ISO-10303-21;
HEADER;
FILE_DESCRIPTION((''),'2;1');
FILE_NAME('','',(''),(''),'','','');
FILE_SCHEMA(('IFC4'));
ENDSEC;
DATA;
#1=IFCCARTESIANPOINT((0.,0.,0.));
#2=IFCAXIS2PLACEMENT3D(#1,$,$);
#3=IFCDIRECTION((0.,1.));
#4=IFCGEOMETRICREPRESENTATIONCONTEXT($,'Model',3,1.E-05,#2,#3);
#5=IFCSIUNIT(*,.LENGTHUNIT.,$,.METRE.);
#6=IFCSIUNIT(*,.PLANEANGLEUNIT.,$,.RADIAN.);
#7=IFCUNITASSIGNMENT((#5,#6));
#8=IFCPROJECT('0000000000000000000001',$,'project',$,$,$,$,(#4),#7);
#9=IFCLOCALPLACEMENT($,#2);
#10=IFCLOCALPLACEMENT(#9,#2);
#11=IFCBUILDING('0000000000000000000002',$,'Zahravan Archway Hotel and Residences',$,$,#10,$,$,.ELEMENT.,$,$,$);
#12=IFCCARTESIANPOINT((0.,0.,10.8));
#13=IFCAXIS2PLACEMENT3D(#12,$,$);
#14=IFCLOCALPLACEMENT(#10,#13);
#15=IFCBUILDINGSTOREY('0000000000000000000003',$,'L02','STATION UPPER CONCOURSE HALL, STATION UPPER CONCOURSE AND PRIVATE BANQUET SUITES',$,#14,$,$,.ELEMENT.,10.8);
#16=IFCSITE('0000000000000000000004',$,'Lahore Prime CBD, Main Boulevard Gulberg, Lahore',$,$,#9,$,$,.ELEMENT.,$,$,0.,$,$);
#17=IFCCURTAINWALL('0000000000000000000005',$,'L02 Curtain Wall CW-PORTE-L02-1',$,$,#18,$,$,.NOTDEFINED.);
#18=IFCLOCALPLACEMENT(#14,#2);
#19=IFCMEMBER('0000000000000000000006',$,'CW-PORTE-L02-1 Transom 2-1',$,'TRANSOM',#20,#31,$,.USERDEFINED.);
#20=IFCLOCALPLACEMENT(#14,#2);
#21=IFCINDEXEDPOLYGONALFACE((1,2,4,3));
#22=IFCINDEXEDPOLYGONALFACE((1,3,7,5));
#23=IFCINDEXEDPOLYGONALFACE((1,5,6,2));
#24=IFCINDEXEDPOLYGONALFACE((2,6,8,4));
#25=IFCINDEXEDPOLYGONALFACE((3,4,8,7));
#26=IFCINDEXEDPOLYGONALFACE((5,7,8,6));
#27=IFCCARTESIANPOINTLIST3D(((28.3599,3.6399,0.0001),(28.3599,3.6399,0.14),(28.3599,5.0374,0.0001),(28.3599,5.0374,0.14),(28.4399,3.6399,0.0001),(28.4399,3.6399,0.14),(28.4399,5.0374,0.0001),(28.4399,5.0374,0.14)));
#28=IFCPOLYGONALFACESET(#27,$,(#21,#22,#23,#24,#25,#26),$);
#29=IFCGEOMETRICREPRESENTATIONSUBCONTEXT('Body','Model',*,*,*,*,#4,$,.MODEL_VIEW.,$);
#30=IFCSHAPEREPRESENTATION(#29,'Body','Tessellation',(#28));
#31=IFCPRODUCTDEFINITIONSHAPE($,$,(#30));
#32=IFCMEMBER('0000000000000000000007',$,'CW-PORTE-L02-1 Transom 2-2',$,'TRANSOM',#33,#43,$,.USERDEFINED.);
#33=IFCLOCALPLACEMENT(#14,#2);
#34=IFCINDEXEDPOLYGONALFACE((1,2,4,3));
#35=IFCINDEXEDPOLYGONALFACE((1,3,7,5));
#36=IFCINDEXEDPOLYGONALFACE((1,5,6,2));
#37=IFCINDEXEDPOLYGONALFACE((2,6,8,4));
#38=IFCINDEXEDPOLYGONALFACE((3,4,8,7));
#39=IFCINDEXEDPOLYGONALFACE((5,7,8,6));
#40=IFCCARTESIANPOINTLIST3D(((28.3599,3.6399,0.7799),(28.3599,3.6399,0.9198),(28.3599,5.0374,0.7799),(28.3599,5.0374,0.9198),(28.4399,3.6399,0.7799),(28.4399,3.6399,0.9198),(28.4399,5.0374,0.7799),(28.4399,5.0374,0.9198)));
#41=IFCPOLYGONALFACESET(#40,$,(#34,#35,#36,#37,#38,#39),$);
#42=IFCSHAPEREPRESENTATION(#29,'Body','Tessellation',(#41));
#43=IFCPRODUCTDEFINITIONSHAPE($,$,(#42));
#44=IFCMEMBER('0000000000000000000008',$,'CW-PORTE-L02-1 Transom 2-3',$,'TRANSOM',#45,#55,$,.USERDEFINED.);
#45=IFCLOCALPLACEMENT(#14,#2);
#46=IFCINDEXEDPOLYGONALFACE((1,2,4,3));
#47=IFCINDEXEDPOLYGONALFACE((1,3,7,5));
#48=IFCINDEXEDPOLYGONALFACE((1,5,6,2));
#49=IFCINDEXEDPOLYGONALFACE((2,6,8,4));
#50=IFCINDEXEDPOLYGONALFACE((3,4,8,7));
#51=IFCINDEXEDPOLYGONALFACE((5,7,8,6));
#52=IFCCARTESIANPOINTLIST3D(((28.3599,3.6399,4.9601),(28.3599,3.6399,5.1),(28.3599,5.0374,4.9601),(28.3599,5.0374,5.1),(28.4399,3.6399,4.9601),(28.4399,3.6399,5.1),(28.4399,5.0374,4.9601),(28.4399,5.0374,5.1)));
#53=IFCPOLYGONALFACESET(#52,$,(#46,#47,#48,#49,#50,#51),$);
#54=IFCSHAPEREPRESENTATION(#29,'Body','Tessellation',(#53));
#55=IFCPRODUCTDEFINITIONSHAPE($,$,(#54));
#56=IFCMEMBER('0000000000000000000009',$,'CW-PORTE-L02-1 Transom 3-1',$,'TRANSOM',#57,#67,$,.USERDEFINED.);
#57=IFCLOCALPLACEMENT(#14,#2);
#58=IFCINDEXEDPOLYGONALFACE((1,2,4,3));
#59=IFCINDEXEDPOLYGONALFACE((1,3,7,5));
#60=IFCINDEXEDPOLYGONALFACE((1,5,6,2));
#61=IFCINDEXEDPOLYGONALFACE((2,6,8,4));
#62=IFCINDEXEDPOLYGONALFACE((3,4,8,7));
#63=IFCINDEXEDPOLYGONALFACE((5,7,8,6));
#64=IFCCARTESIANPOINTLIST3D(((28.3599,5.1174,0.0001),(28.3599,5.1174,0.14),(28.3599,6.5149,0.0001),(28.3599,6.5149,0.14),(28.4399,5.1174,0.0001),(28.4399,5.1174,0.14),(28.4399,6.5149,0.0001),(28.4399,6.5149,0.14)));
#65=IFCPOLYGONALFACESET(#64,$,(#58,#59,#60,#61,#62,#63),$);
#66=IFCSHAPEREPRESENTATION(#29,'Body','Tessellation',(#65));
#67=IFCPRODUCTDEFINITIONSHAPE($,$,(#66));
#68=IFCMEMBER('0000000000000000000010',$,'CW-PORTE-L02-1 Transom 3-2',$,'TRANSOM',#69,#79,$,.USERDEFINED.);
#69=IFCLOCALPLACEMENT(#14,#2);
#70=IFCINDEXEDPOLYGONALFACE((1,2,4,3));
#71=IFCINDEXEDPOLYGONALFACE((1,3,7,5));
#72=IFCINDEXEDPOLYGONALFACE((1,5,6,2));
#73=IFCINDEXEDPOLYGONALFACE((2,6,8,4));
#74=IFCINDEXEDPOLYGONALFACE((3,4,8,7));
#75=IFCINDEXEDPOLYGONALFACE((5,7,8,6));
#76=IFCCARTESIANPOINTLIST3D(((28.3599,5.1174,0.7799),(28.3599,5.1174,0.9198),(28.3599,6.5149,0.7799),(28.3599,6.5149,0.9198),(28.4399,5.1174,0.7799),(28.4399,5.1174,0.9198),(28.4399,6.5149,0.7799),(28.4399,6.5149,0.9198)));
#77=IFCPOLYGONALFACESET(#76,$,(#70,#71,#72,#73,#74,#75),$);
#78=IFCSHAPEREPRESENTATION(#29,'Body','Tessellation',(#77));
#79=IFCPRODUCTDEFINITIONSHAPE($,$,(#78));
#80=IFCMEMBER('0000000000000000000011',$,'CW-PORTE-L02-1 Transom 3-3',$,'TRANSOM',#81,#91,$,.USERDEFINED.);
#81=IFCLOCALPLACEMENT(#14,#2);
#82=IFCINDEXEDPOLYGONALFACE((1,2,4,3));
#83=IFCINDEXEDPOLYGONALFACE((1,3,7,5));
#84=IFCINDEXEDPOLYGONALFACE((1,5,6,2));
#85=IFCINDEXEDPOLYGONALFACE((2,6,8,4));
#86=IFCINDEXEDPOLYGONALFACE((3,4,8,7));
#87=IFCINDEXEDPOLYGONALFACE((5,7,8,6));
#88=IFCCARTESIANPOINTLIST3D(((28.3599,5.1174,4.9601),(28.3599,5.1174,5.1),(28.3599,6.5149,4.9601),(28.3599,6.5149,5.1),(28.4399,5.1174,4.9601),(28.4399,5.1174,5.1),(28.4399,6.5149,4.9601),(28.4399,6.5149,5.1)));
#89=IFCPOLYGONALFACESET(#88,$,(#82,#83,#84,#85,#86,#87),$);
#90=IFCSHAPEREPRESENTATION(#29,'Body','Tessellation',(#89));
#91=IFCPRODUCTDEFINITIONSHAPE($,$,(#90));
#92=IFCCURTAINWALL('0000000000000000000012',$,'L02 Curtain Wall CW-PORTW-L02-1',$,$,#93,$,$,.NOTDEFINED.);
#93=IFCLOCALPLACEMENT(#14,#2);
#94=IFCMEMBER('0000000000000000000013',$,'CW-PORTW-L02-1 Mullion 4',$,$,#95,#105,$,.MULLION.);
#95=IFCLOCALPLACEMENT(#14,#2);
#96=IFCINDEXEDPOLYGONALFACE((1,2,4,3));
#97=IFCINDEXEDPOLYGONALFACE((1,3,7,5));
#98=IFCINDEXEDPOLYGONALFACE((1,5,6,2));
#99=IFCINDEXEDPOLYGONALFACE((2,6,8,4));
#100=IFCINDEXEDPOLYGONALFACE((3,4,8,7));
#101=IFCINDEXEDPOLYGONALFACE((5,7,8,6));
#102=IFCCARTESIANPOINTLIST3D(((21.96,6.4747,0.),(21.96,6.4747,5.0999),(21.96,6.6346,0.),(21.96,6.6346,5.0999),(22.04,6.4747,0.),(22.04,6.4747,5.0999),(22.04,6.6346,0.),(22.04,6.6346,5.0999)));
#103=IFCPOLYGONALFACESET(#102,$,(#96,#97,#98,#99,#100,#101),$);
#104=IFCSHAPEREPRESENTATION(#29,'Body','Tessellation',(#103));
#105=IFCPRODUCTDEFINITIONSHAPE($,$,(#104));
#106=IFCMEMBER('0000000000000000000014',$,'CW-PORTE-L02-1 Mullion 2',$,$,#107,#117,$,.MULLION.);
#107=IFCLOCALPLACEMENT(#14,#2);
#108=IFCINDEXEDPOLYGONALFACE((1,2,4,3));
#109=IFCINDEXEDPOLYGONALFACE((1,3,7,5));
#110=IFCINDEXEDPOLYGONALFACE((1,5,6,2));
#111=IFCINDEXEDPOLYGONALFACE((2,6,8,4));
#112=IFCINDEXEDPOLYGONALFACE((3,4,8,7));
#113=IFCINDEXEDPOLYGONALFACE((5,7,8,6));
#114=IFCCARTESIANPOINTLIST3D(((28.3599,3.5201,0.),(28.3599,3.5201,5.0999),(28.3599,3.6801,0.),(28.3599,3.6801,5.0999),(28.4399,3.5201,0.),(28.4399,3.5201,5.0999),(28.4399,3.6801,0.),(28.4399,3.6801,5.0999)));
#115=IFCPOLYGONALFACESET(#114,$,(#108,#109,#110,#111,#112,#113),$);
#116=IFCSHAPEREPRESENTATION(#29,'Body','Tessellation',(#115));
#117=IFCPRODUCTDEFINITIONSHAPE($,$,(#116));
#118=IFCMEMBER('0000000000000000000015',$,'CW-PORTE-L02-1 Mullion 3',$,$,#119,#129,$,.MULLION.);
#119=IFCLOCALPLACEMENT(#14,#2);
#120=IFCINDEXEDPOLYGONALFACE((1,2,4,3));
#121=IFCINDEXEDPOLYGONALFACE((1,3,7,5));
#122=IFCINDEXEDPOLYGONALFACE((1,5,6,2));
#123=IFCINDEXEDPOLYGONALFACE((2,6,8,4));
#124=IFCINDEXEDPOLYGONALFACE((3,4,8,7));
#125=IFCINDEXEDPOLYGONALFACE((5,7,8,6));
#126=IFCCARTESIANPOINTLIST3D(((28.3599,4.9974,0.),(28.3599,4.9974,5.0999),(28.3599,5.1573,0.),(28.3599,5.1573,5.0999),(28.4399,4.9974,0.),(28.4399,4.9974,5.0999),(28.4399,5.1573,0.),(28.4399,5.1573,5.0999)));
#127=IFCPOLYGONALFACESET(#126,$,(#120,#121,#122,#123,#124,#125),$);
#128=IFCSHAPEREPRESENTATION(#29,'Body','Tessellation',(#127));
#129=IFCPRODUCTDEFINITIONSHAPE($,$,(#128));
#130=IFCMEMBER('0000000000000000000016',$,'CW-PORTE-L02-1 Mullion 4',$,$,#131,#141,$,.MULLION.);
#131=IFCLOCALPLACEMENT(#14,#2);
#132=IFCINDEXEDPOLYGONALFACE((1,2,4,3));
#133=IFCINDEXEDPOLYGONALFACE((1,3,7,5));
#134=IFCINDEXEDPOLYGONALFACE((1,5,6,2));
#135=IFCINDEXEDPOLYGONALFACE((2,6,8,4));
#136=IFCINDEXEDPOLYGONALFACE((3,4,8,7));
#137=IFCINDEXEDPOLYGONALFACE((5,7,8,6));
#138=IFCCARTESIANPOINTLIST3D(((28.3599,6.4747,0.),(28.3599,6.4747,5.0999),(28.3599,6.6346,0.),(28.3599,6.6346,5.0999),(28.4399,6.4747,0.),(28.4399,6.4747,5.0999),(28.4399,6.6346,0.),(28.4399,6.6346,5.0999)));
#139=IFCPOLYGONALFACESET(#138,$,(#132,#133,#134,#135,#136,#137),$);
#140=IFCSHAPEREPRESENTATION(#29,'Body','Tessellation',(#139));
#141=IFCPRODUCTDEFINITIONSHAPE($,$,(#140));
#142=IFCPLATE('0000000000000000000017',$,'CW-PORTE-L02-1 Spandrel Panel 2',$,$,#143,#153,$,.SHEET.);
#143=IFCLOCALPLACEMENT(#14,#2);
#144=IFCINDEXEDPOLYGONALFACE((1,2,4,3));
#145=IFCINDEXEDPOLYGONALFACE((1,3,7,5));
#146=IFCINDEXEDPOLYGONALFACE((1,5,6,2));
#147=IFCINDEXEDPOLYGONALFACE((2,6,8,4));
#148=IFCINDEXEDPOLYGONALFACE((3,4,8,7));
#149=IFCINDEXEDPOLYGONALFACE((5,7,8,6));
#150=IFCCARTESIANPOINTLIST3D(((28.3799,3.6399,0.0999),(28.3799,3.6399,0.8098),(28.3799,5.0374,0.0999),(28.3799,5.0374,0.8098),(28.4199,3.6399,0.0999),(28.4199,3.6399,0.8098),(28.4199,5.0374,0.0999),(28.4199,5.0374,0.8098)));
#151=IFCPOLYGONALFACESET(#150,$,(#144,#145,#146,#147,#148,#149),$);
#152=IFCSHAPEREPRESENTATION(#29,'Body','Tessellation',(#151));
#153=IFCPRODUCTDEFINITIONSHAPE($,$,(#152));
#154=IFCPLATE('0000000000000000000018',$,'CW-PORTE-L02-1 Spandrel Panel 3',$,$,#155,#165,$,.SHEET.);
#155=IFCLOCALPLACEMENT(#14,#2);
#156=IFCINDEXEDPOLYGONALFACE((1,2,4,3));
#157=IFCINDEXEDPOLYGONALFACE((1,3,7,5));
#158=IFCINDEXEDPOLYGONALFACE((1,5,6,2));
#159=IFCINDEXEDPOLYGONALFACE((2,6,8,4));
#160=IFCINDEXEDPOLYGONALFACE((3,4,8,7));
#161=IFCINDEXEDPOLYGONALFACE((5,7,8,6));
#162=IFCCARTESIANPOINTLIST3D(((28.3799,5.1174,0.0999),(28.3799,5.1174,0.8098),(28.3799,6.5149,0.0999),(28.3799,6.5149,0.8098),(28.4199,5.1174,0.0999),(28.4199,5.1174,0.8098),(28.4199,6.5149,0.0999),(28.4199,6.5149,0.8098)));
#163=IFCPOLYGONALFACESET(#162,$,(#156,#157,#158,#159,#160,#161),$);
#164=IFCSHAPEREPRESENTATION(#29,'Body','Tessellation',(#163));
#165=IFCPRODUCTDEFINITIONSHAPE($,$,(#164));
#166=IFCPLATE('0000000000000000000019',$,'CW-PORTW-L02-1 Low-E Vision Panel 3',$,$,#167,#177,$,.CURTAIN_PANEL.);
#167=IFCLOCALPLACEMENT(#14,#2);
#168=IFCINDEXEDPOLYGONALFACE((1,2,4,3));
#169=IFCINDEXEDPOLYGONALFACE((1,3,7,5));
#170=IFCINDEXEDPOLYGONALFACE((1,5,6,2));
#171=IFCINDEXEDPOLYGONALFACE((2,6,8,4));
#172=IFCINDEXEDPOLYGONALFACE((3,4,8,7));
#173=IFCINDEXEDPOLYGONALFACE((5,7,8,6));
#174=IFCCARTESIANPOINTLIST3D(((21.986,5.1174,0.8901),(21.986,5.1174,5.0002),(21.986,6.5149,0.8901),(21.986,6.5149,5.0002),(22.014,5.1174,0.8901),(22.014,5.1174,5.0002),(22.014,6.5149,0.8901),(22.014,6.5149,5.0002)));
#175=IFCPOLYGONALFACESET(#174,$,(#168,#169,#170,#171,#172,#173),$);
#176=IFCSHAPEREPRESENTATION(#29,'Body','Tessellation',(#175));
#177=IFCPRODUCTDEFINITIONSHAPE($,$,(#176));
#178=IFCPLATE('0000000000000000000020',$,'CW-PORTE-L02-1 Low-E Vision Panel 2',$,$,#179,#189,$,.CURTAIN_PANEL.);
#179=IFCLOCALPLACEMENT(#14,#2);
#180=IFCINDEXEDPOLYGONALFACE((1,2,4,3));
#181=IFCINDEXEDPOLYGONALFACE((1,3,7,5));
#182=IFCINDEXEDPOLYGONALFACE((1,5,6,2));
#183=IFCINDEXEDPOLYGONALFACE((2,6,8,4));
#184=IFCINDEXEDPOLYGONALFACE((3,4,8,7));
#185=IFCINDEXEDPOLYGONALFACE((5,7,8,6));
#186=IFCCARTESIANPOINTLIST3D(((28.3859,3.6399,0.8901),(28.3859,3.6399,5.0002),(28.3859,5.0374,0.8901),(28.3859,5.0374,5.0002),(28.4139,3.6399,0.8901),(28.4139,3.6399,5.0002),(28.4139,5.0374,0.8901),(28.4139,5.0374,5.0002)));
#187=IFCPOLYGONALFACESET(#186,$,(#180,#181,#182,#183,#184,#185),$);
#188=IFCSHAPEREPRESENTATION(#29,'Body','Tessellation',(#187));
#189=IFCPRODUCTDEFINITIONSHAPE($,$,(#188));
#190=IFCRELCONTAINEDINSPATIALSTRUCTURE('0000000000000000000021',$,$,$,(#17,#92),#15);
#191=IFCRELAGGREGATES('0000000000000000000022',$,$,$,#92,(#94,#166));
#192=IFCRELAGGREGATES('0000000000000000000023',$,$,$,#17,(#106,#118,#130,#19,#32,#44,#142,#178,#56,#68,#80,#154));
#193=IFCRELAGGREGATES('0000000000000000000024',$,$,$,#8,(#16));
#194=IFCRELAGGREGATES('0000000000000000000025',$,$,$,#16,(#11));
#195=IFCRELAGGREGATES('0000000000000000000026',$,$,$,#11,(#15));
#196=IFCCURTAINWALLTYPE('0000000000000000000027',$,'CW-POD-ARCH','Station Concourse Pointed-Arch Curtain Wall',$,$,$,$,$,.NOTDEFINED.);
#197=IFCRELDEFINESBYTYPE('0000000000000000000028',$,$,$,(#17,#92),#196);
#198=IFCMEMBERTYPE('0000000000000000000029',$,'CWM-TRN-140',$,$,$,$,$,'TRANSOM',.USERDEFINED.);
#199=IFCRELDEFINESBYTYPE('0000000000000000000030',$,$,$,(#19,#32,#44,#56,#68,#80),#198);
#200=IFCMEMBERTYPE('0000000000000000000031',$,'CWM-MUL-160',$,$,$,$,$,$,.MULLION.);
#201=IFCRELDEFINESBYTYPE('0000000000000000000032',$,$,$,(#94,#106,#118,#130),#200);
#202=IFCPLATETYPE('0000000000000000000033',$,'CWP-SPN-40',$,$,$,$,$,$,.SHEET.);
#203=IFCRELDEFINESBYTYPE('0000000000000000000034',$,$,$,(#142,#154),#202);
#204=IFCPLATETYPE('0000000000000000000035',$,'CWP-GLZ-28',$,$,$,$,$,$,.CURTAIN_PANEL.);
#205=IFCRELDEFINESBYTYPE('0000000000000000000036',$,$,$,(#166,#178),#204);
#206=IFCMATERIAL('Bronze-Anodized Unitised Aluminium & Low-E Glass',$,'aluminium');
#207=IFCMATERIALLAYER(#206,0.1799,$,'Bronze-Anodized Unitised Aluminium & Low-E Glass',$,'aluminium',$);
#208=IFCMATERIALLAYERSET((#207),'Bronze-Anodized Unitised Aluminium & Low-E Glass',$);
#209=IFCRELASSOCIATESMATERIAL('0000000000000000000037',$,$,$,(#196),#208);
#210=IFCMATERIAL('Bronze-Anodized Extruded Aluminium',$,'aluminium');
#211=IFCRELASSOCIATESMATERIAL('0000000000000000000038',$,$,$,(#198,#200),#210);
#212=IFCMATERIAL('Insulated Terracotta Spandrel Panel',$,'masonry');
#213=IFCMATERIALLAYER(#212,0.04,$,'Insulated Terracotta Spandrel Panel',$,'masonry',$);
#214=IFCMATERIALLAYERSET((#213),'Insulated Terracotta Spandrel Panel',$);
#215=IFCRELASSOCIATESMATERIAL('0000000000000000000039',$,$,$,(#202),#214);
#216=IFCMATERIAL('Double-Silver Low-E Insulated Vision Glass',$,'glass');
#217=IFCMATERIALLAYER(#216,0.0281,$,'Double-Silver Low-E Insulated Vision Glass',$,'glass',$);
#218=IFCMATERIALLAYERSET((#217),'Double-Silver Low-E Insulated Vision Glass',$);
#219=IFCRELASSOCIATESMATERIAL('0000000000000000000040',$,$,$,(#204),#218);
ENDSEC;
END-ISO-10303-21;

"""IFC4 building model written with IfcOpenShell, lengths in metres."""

from ifc_helpers import new_model, si_unit, direction, frame, origin, origin_2d, place, context, subcontext, project, spatial, rectangle, extrude, source, transform, mapped, material, layer, layer_set, material_profile, profile_set, type_object, element, aggregate, save


model = new_model("IFC4")

# Units and contexts
model_context = context("Model", 3, precision=1e-05, world=origin(), true_north=direction((0.0, 1.0)))
body_context = subcontext(model_context, "Body", "Model", "MODEL_VIEW")
ifc_project = project(units=[si_unit("LENGTHUNIT", "METRE"), si_unit("PLANEANGLEUNIT", "RADIAN")], contexts=[model_context])

# Site, building, storey
site_placement = place(None, origin())
site = spatial("IfcSite", under=ifc_project, at=site_placement, Name="Lahore Prime CBD, Main Boulevard Gulberg, Lahore", CompositionType="ELEMENT", RefElevation=0.0)
building_placement = place(site_placement, origin())
building = spatial("IfcBuilding", under=site, at=building_placement, Name="Zahravan Archway Hotel and Residences", CompositionType="ELEMENT")
storey_placement = place(building_placement, frame((0.0, 0.0, 10.8)))
storey = spatial("IfcBuildingStorey", under=building, at=storey_placement, Name="L02", Description="STATION UPPER CONCOURSE HALL, STATION UPPER CONCOURSE AND PRIVATE BANQUET SUITES", CompositionType="ELEMENT", Elevation=10.8)

# Curtain wall, members
ifc_material_1 = material(Name="Bronze-Anodized Unitised Aluminium & Low-E Glass", Category="aluminium")
ifc_layer_1 = layer(ifc_material_1, 0.1799, Name="Bronze-Anodized Unitised Aluminium & Low-E Glass", Category="aluminium")
ifc_layer_set_1 = layer_set([ifc_layer_1], Name="Bronze-Anodized Unitised Aluminium & Low-E Glass")
curtain_wall_type = type_object("IfcCurtainWallType", Name="CW-POD-ARCH", Description="Station Concourse Pointed-Arch Curtain Wall", PredefinedType="NOTDEFINED", material=ifc_layer_set_1)
curtain_wall_1_placement = place(storey_placement, origin())
curtain_wall_1 = element("IfcCurtainWall", 1, at=curtain_wall_1_placement, inside=storey, type_object=curtain_wall_type, Name="L02 Curtain Wall CW-PORTE-L02-1", PredefinedType="NOTDEFINED")
ifc_material_2 = material(Name="Bronze-Anodized Extruded Aluminium", Category="aluminium")
ifc_material_profile_1 = material_profile(ifc_material_2, rectangle(XDim=0.0801, YDim=0.1399, at=origin_2d()), Name="TRN 80x140", Category="aluminium")
ifc_profile_set_1 = profile_set([ifc_material_profile_1], Name="Bronze-Anodized Extruded Aluminium")
member_type_1 = type_object("IfcMemberType", Name="CWM-TRN-140", ElementType="TRANSOM", PredefinedType="USERDEFINED", material=ifc_profile_set_1)
shared_shape_1 = source(origin(), body_context, "Body", "SweptSolid", [
    extrude(rectangle(XDim=0.0801, YDim=0.1399, at=origin_2d()), origin(), (0.0, 0.0, 1.0), 1.3975),
])
member_1_placement = place(storey_placement, frame((28.3999, 3.6399, 0.0701), z_axis=(0.0, 1.0, 0.0), x_axis=(-1.0, 0.0, 0.0)))
member_1 = element("IfcMember", 2, at=member_1_placement, type_object=member_type_1, Name="CW-PORTE-L02-1 Transom 2-1", ObjectType="TRANSOM", PredefinedType="USERDEFINED", context=body_context, shape_type="MappedRepresentation", body=[
    mapped(shared_shape_1, transform((0.0, 0.0, 0.0), scale=1.0)),
])
member_2_placement = place(storey_placement, frame((28.3999, 3.6399, 0.8499), z_axis=(0.0, 1.0, 0.0), x_axis=(-1.0, 0.0, 0.0)))
member_2 = element("IfcMember", 3, at=member_2_placement, type_object=member_type_1, Name="CW-PORTE-L02-1 Transom 2-2", ObjectType="TRANSOM", PredefinedType="USERDEFINED", context=body_context, shape_type="MappedRepresentation", body=[
    mapped(shared_shape_1, transform((0.0, 0.0, 0.0), scale=1.0)),
])
member_3_placement = place(storey_placement, frame((28.3999, 3.6399, 5.03), z_axis=(0.0, 1.0, 0.0), x_axis=(-1.0, 0.0, 0.0)))
member_3 = element("IfcMember", 4, at=member_3_placement, type_object=member_type_1, Name="CW-PORTE-L02-1 Transom 2-3", ObjectType="TRANSOM", PredefinedType="USERDEFINED", context=body_context, shape_type="MappedRepresentation", body=[
    mapped(shared_shape_1, transform((0.0, 0.0, 0.0), scale=1.0)),
])
member_4_placement = place(storey_placement, frame((28.3999, 5.1174, 0.0701), z_axis=(0.0, 1.0, 0.0), x_axis=(-1.0, 0.0, 0.0)))
member_4 = element("IfcMember", 5, at=member_4_placement, type_object=member_type_1, Name="CW-PORTE-L02-1 Transom 3-1", ObjectType="TRANSOM", PredefinedType="USERDEFINED", context=body_context, shape_type="MappedRepresentation", body=[
    mapped(shared_shape_1, transform((0.0, 0.0, 0.0), scale=1.0)),
])
member_5_placement = place(storey_placement, frame((28.3999, 5.1174, 0.8499), z_axis=(0.0, 1.0, 0.0), x_axis=(-1.0, 0.0, 0.0)))
member_5 = element("IfcMember", 6, at=member_5_placement, type_object=member_type_1, Name="CW-PORTE-L02-1 Transom 3-2", ObjectType="TRANSOM", PredefinedType="USERDEFINED", context=body_context, shape_type="MappedRepresentation", body=[
    mapped(shared_shape_1, transform((0.0, 0.0, 0.0), scale=1.0)),
])
member_6_placement = place(storey_placement, frame((28.3999, 5.1174, 5.03), z_axis=(0.0, 1.0, 0.0), x_axis=(-1.0, 0.0, 0.0)))
member_6 = element("IfcMember", 7, at=member_6_placement, type_object=member_type_1, Name="CW-PORTE-L02-1 Transom 3-3", ObjectType="TRANSOM", PredefinedType="USERDEFINED", context=body_context, shape_type="MappedRepresentation", body=[
    mapped(shared_shape_1, transform((0.0, 0.0, 0.0), scale=1.0)),
])

# Curtain wall, member
curtain_wall_2_placement = place(storey_placement, origin())
curtain_wall_2 = element("IfcCurtainWall", 8, at=curtain_wall_2_placement, inside=storey, type_object=curtain_wall_type, Name="L02 Curtain Wall CW-PORTW-L02-1", PredefinedType="NOTDEFINED")
ifc_material_profile_2 = material_profile(ifc_material_2, rectangle(XDim=0.0801, YDim=0.1599, at=origin_2d()), Name="MUL 80x160", Category="aluminium")
ifc_profile_set_2 = profile_set([ifc_material_profile_2], Name="Bronze-Anodized Extruded Aluminium")
member_type_2 = type_object("IfcMemberType", Name="CWM-MUL-160", PredefinedType="MULLION", material=ifc_profile_set_2)
shared_shape_2 = source(origin(), body_context, "Body", "SweptSolid", [
    extrude(rectangle(XDim=0.0801, YDim=0.1599, at=origin_2d()), origin(), (0.0, 0.0, 1.0), 5.0999),
])
member_7_placement = place(storey_placement, frame((22.0, 6.5547, 0.0), z_axis=(0.0, 0.0, 1.0), x_axis=(1.0, 0.0, 0.0)))
member_7 = element("IfcMember", 9, at=member_7_placement, type_object=member_type_2, Name="CW-PORTW-L02-1 Mullion 4", PredefinedType="MULLION", context=body_context, shape_type="MappedRepresentation", body=[
    mapped(shared_shape_2, transform((0.0, 0.0, 0.0), scale=1.0)),
])

# Members
member_8_placement = place(storey_placement, frame((28.3999, 3.6001, 0.0), z_axis=(0.0, 0.0, 1.0), x_axis=(1.0, 0.0, 0.0)))
member_8 = element("IfcMember", 10, at=member_8_placement, type_object=member_type_2, Name="CW-PORTE-L02-1 Mullion 2", PredefinedType="MULLION", context=body_context, shape_type="MappedRepresentation", body=[
    mapped(shared_shape_2, transform((0.0, 0.0, 0.0), scale=1.0)),
])
member_9_placement = place(storey_placement, frame((28.3999, 5.0774, 0.0), z_axis=(0.0, 0.0, 1.0), x_axis=(1.0, 0.0, 0.0)))
member_9 = element("IfcMember", 11, at=member_9_placement, type_object=member_type_2, Name="CW-PORTE-L02-1 Mullion 3", PredefinedType="MULLION", context=body_context, shape_type="MappedRepresentation", body=[
    mapped(shared_shape_2, transform((0.0, 0.0, 0.0), scale=1.0)),
])
member_10_placement = place(storey_placement, frame((28.3999, 6.5547, 0.0), z_axis=(0.0, 0.0, 1.0), x_axis=(1.0, 0.0, 0.0)))
member_10 = element("IfcMember", 12, at=member_10_placement, type_object=member_type_2, Name="CW-PORTE-L02-1 Mullion 4", PredefinedType="MULLION", context=body_context, shape_type="MappedRepresentation", body=[
    mapped(shared_shape_2, transform((0.0, 0.0, 0.0), scale=1.0)),
])

# Plates
ifc_material_3 = material(Name="Insulated Terracotta Spandrel Panel", Category="masonry")
ifc_layer_2 = layer(ifc_material_3, 0.04, Name="Insulated Terracotta Spandrel Panel", Category="masonry")
ifc_layer_set_2 = layer_set([ifc_layer_2], Name="Insulated Terracotta Spandrel Panel")
plate_type_1 = type_object("IfcPlateType", Name="CWP-SPN-40", PredefinedType="SHEET", material=ifc_layer_set_2)
shared_shape_3 = source(origin(), body_context, "Body", "SweptSolid", [
    extrude(rectangle(XDim=1.3975, YDim=0.04, at=origin_2d()), origin(), (0.0, 0.0, 1.0), 0.71),
])
plate_1_placement = place(storey_placement, frame((28.3999, 4.3386, 0.0999), z_axis=(0.0, 0.0, 1.0), x_axis=(0.0, 1.0, 0.0)))
plate_1 = element("IfcPlate", 13, at=plate_1_placement, type_object=plate_type_1, Name="CW-PORTE-L02-1 Spandrel Panel 2", PredefinedType="SHEET", context=body_context, shape_type="MappedRepresentation", body=[
    mapped(shared_shape_3, transform((0.0, 0.0, 0.0), scale=1.0)),
])
plate_2_placement = place(storey_placement, frame((28.3999, 5.8162, 0.0999), z_axis=(0.0, 0.0, 1.0), x_axis=(0.0, 1.0, 0.0)))
plate_2 = element("IfcPlate", 14, at=plate_2_placement, type_object=plate_type_1, Name="CW-PORTE-L02-1 Spandrel Panel 3", PredefinedType="SHEET", context=body_context, shape_type="MappedRepresentation", body=[
    mapped(shared_shape_3, transform((0.0, 0.0, 0.0), scale=1.0)),
])
ifc_material_4 = material(Name="Double-Silver Low-E Insulated Vision Glass", Category="glass")
ifc_layer_3 = layer(ifc_material_4, 0.0281, Name="Double-Silver Low-E Insulated Vision Glass", Category="glass")
ifc_layer_set_3 = layer_set([ifc_layer_3], Name="Double-Silver Low-E Insulated Vision Glass")
plate_type_2 = type_object("IfcPlateType", Name="CWP-GLZ-28", PredefinedType="CURTAIN_PANEL", material=ifc_layer_set_3)
shared_shape_4 = source(origin(), body_context, "Body", "SweptSolid", [
    extrude(rectangle(XDim=1.3975, YDim=0.0281, at=origin_2d()), origin(), (0.0, 0.0, 1.0), 4.1101),
])
plate_3_placement = place(storey_placement, frame((22.0, 5.8162, 0.8901), z_axis=(0.0, 0.0, 1.0), x_axis=(0.0, 1.0, 0.0)))
plate_3 = element("IfcPlate", 15, at=plate_3_placement, type_object=plate_type_2, Name="CW-PORTW-L02-1 Low-E Vision Panel 3", PredefinedType="CURTAIN_PANEL", context=body_context, shape_type="MappedRepresentation", body=[
    mapped(shared_shape_4, transform((0.0, 0.0, 0.0), scale=1.0)),
])
aggregate(curtain_wall_2, [member_7, plate_3])
plate_4_placement = place(storey_placement, frame((28.3999, 4.3386, 0.8901), z_axis=(0.0, 0.0, 1.0), x_axis=(0.0, 1.0, 0.0)))
plate_4 = element("IfcPlate", 16, at=plate_4_placement, type_object=plate_type_2, Name="CW-PORTE-L02-1 Low-E Vision Panel 2", PredefinedType="CURTAIN_PANEL", context=body_context, shape_type="MappedRepresentation", body=[
    mapped(shared_shape_4, transform((0.0, 0.0, 0.0), scale=1.0)),
])
aggregate(curtain_wall_1, [member_8, member_9, member_10, member_1, member_2, member_3, plate_1, plate_4, member_4, member_5, member_6, plate_2])

save(model, "model.ifc")
